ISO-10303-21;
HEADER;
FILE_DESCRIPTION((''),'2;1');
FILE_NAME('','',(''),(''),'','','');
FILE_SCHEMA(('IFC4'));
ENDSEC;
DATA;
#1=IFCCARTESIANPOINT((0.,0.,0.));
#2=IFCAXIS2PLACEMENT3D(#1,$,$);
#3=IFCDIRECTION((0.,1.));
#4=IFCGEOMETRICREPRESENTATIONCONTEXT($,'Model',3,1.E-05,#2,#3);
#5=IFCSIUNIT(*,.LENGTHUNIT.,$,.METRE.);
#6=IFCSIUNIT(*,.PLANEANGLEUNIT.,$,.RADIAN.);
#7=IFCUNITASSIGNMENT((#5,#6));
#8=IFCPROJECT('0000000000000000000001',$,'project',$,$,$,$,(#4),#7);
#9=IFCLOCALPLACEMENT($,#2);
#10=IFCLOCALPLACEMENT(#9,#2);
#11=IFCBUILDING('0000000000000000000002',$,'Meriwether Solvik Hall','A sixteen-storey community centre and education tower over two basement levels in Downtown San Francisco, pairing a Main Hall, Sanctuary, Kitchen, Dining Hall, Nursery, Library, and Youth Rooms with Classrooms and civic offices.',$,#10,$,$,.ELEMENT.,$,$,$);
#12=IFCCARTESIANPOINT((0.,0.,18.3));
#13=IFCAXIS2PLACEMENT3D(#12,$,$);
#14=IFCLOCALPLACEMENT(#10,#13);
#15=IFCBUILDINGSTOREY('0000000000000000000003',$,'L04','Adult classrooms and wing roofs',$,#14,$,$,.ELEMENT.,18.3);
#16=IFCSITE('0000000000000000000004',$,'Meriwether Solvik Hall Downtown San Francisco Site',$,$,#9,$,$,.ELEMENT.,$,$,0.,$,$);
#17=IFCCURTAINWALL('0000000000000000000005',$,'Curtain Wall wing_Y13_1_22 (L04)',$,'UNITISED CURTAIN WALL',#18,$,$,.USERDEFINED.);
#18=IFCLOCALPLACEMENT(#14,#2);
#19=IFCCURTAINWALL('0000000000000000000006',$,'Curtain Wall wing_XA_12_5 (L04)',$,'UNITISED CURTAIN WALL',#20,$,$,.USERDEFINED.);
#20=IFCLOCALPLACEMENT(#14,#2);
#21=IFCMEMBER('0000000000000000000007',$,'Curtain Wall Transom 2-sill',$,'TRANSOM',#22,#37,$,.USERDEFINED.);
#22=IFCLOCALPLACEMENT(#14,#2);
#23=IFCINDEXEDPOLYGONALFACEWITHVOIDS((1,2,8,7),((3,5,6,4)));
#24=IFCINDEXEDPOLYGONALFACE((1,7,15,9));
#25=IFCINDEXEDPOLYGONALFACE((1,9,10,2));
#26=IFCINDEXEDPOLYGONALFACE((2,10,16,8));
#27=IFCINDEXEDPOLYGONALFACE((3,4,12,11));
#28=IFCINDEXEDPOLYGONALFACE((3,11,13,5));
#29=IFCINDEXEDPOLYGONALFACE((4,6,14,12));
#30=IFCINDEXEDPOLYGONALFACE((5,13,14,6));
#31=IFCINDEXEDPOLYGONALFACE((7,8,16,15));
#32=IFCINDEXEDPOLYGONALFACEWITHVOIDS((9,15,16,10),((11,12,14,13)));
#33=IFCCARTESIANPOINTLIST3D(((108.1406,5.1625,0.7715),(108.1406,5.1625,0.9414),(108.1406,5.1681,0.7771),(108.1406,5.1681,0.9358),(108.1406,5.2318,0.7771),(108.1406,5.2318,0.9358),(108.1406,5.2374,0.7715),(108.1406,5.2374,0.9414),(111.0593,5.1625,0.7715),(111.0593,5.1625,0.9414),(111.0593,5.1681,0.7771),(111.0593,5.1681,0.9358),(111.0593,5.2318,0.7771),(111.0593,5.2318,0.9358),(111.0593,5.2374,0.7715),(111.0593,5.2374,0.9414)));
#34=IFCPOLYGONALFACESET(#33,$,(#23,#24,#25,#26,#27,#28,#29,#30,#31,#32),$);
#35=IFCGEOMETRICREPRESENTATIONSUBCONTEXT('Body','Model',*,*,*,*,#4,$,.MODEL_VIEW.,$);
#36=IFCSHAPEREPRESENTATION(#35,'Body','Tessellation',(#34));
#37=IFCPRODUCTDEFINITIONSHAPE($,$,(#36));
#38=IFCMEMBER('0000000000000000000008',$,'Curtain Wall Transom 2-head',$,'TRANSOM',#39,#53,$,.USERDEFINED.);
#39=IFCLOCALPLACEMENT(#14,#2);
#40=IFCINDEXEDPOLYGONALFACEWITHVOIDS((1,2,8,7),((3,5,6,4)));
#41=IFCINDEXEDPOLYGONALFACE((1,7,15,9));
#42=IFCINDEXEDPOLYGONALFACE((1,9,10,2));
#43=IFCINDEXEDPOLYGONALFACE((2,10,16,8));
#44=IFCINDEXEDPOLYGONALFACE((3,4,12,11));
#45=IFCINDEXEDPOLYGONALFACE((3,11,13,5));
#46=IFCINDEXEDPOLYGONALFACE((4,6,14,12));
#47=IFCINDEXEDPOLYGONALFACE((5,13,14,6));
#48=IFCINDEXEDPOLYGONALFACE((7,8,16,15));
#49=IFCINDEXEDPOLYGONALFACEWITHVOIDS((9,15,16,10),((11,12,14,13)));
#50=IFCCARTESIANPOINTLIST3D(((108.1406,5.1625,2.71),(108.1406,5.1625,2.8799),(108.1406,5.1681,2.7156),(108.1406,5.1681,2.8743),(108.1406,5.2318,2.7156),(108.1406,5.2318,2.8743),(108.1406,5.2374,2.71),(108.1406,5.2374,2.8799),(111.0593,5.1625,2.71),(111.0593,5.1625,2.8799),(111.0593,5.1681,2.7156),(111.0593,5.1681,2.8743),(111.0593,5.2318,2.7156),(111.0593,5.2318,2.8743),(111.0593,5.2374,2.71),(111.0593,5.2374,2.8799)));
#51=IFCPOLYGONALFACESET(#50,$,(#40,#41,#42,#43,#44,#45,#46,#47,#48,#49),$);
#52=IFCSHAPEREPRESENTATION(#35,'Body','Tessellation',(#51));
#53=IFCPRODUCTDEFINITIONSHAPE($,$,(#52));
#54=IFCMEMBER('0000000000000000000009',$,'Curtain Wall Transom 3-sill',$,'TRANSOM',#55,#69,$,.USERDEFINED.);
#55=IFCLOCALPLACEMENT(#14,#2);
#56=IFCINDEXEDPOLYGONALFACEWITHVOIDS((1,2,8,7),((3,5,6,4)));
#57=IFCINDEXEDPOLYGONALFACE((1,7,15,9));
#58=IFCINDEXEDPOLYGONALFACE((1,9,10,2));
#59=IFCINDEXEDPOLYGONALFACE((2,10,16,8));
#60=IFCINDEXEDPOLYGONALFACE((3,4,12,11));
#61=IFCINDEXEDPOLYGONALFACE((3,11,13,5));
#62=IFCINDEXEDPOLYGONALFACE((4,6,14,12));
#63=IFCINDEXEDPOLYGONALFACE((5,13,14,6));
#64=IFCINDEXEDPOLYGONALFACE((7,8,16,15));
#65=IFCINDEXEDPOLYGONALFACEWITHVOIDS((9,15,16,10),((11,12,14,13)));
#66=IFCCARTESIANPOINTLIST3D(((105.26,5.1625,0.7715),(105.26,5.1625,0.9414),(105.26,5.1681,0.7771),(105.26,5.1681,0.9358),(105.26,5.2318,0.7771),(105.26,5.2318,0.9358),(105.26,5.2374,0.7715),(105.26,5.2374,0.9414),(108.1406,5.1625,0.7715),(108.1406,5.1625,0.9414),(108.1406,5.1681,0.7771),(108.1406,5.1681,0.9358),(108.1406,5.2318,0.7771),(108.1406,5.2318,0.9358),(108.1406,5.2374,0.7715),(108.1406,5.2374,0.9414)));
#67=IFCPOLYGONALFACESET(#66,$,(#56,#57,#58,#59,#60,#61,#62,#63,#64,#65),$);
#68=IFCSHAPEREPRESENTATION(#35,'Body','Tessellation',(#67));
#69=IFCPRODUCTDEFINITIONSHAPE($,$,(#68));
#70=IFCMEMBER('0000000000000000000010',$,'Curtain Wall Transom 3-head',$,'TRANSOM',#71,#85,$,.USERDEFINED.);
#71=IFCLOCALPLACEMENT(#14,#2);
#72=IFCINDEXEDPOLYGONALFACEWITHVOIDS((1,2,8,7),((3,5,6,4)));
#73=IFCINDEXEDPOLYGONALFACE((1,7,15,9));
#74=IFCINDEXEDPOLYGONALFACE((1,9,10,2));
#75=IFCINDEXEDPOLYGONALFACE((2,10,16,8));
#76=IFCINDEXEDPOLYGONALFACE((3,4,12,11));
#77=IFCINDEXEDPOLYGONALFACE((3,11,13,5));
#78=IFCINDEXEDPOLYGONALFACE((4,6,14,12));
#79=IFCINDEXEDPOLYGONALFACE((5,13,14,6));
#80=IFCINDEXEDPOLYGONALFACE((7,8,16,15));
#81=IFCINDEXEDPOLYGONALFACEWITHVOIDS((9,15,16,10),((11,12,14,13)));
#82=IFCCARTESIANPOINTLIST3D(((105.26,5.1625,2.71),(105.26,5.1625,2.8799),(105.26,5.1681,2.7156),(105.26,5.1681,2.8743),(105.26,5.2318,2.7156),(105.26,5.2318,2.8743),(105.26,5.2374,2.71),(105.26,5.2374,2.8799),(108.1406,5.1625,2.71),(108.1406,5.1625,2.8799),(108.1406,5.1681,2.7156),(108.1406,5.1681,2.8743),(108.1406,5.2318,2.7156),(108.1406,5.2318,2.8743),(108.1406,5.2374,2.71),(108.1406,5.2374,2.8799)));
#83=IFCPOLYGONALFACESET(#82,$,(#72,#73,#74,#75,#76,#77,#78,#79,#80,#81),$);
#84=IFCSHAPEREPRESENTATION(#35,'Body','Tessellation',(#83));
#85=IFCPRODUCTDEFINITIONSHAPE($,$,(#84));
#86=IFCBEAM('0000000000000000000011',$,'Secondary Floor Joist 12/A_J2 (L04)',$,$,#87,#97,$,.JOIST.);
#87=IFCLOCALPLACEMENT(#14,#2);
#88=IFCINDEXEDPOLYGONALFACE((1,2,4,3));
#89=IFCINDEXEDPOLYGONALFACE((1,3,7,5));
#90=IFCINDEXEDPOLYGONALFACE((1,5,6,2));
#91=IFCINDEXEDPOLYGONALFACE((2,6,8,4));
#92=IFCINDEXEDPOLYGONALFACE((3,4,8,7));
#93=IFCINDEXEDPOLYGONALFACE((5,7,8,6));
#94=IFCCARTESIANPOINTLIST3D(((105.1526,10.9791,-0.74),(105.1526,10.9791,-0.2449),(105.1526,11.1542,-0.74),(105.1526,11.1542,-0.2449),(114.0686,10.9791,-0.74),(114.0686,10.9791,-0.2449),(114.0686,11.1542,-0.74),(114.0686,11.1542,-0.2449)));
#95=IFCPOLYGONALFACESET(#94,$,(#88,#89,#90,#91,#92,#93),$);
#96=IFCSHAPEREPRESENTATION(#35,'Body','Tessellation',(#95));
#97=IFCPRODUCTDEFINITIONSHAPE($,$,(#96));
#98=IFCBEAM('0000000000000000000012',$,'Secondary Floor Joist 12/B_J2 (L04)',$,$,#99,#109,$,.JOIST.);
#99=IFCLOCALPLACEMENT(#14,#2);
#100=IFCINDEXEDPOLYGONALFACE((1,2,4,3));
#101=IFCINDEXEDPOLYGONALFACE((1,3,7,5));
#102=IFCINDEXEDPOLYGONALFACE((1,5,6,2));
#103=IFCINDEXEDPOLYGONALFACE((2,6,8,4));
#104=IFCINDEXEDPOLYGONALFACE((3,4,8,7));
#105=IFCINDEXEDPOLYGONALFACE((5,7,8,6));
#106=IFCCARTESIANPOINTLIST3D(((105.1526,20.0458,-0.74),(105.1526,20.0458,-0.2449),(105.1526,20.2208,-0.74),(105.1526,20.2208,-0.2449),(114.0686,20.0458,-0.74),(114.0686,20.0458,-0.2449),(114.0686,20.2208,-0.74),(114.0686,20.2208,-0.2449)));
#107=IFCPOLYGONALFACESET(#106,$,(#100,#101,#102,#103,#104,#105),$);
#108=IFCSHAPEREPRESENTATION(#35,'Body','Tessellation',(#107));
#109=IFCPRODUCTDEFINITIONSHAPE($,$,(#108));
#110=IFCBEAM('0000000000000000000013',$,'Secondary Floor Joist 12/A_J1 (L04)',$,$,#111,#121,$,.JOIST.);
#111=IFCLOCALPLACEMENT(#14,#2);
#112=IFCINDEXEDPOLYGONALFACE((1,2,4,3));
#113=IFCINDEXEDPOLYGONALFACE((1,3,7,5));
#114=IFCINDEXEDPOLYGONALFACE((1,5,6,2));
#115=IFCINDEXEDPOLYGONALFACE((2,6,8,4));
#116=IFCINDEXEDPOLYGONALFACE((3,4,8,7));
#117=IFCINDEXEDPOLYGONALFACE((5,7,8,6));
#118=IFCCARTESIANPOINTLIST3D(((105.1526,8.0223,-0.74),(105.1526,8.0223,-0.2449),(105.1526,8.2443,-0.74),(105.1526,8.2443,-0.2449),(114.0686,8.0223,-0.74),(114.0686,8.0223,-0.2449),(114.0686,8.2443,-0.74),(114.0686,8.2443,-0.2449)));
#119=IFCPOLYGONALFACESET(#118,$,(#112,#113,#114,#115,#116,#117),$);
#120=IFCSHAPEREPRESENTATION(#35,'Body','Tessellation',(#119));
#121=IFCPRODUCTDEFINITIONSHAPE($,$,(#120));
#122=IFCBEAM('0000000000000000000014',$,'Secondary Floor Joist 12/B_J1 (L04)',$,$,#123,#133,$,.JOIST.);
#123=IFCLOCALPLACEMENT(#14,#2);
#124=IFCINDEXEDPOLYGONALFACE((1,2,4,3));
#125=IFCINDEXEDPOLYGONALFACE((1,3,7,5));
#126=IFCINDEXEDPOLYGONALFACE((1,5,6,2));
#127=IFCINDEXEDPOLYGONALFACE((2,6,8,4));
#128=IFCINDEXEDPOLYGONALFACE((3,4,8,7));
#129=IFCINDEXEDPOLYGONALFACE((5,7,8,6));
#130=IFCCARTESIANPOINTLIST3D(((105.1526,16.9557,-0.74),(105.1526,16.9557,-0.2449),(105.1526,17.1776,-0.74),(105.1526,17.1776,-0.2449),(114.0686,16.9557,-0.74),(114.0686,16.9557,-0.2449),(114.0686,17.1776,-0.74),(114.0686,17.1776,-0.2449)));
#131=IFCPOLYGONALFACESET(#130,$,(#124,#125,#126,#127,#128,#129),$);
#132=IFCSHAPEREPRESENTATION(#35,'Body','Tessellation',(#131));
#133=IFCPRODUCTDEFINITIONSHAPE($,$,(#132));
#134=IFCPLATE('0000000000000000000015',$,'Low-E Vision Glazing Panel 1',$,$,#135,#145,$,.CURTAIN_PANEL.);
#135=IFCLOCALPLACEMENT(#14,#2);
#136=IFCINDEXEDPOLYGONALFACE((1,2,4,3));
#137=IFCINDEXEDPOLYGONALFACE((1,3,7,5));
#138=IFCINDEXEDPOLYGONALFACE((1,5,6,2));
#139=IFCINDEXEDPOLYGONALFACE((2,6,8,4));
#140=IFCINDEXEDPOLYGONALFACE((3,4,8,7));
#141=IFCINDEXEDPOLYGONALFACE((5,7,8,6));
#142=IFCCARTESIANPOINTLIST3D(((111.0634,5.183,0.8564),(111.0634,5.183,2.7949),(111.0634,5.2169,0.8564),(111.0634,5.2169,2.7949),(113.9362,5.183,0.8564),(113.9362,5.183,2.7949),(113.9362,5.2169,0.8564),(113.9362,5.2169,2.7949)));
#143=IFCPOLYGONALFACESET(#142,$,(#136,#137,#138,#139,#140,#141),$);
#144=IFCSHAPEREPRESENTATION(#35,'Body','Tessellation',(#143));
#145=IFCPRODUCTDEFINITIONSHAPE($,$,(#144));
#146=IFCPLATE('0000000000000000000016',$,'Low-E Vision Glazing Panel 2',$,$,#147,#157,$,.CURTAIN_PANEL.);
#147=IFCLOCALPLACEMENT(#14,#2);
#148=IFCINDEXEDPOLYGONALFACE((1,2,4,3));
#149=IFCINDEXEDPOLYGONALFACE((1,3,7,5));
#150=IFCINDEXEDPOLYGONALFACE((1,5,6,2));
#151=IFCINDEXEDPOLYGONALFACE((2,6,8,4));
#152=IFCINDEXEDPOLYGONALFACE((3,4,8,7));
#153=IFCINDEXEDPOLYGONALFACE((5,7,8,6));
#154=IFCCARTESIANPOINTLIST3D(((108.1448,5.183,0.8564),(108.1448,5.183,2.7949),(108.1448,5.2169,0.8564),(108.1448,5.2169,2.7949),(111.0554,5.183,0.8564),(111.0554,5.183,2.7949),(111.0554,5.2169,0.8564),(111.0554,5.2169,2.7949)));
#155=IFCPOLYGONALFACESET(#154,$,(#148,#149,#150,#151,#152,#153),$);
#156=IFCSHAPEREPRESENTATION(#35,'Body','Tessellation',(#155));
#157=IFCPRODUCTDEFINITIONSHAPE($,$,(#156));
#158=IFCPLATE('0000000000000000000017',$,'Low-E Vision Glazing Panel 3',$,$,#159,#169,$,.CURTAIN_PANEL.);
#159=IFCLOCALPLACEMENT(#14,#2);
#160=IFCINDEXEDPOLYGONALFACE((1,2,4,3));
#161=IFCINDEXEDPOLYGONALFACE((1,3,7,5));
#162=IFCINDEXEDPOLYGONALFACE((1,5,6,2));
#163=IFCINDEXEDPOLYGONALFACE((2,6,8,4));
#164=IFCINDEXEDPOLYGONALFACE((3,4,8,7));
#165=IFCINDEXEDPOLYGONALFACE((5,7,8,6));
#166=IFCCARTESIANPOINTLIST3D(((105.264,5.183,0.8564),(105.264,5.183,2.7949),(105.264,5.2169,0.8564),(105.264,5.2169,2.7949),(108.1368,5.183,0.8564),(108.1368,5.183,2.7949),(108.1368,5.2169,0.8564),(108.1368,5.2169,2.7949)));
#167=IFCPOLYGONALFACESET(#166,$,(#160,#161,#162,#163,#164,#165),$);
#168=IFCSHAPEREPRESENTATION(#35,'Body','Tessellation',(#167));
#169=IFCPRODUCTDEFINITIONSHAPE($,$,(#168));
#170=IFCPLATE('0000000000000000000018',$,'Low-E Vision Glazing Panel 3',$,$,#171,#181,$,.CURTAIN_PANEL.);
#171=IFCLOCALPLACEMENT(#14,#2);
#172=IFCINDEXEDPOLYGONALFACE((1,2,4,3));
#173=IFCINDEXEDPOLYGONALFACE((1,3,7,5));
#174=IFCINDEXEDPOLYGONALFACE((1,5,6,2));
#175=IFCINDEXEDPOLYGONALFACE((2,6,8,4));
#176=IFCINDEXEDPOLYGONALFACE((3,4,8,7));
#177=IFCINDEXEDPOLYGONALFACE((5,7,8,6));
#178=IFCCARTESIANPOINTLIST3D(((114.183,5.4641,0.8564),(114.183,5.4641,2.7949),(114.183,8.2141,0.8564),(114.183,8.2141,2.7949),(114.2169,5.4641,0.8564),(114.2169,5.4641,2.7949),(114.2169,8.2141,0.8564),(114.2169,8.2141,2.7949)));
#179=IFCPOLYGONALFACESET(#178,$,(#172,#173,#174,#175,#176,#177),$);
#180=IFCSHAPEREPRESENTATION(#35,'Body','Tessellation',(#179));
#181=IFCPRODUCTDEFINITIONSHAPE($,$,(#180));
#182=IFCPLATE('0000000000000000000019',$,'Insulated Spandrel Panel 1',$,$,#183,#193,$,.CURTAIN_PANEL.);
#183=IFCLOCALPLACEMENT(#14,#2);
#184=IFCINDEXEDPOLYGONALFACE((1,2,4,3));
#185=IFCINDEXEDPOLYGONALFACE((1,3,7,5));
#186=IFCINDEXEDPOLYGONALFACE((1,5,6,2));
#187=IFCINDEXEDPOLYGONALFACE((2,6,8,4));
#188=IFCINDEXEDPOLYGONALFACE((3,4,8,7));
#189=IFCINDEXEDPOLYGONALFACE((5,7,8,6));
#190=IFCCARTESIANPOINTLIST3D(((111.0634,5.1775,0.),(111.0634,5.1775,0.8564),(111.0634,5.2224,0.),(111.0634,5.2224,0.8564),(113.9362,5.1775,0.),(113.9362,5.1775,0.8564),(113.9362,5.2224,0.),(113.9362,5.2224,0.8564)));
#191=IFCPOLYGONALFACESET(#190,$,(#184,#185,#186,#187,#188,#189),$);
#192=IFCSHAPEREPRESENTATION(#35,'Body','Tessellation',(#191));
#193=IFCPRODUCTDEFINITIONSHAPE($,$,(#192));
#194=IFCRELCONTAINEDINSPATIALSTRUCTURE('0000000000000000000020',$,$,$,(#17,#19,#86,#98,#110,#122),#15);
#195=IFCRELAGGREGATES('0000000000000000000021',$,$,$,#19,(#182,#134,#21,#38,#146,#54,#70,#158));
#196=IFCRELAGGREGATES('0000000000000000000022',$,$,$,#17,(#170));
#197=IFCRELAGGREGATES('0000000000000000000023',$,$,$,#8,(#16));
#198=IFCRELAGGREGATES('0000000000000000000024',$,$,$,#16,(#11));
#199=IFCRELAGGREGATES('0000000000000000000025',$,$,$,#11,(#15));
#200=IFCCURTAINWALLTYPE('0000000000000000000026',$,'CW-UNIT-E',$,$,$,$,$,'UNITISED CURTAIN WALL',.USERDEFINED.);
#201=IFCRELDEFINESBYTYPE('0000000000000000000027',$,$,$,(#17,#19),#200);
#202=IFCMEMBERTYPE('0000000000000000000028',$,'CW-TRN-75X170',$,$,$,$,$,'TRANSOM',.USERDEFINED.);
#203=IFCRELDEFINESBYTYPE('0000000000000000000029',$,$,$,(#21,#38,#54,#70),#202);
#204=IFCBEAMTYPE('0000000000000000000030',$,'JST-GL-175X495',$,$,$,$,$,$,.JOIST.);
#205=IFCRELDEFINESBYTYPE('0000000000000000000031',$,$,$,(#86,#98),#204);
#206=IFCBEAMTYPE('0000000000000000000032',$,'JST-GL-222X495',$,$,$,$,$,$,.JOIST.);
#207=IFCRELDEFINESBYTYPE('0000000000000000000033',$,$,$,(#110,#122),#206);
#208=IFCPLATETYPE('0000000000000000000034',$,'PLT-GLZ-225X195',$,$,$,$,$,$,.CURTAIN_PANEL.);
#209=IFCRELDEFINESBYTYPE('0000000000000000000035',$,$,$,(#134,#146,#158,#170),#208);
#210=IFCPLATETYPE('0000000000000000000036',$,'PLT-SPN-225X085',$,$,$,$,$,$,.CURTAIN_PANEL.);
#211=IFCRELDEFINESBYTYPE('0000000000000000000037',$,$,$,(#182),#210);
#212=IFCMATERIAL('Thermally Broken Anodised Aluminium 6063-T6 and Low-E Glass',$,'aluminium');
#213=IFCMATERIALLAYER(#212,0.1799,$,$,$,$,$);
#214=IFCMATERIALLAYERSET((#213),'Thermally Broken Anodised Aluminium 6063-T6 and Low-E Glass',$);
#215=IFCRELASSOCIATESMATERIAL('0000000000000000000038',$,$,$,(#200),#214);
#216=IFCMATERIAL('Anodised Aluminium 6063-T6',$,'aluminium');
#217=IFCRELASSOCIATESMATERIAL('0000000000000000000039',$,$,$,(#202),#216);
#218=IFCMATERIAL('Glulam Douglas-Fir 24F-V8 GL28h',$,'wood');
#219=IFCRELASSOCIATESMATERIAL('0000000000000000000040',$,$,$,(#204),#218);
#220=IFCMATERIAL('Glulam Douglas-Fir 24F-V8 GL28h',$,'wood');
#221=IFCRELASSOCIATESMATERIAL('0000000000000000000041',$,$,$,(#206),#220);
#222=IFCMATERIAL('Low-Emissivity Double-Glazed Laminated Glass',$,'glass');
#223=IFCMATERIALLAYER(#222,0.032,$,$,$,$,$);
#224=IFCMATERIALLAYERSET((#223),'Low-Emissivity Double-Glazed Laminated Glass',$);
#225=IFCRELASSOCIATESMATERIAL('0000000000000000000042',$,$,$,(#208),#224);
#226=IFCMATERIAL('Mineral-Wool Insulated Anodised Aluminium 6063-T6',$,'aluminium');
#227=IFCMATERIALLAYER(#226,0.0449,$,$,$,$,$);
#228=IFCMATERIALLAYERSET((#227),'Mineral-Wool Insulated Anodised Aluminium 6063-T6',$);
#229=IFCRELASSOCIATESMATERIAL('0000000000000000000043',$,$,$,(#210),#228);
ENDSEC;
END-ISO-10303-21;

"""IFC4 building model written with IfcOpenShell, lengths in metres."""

from ifc_helpers import new_model, si_unit, direction, frame, origin, origin_2d, place, context, subcontext, project, spatial, rectangle, hollow_rectangle, extrude, material, layer, layer_set, material_profile, profile_set, type_object, element, aggregate, save


model = new_model("IFC4")

# Units and contexts
model_context = context("Model", 3, precision=1e-05, world=origin(), true_north=direction((0.0, 1.0)))
body_context = subcontext(model_context, "Body", "Model", "MODEL_VIEW")
ifc_project = project(units=[si_unit("LENGTHUNIT", "METRE"), si_unit("PLANEANGLEUNIT", "RADIAN")], contexts=[model_context])

# Site, building, storey
site_placement = place(None, origin())
site = spatial("IfcSite", under=ifc_project, at=site_placement, Name="Meriwether Solvik Hall Downtown San Francisco Site", CompositionType="ELEMENT", RefElevation=0.0)
building_placement = place(site_placement, origin())
building = spatial("IfcBuilding", under=site, at=building_placement, Name="Meriwether Solvik Hall", Description="A sixteen-storey community centre and education tower over two basement levels in Downtown San Francisco, pairing a Main Hall, Sanctuary, Kitchen, Dining Hall, Nursery, Library, and Youth Rooms with Classrooms and civic offices.", CompositionType="ELEMENT")
storey_placement = place(building_placement, frame((0.0, 0.0, 18.3)))
storey = spatial("IfcBuildingStorey", under=building, at=storey_placement, Name="L04", Description="Adult classrooms and wing roofs", CompositionType="ELEMENT", Elevation=18.3)

# Curtain wall
ifc_material_1 = material(Name="Thermally Broken Anodised Aluminium 6063-T6 and Low-E Glass", Category="aluminium")
ifc_layer_1 = layer(ifc_material_1, 0.1799)
ifc_layer_set_1 = layer_set([ifc_layer_1], Name="Thermally Broken Anodised Aluminium 6063-T6 and Low-E Glass")
curtain_wall_type = type_object("IfcCurtainWallType", Name="CW-UNIT-E", ElementType="UNITISED CURTAIN WALL", PredefinedType="USERDEFINED", material=ifc_layer_set_1)
curtain_wall_1_placement = place(storey_placement, origin())
curtain_wall_1 = element("IfcCurtainWall", 1, at=curtain_wall_1_placement, inside=storey, type_object=curtain_wall_type, Name="Curtain Wall wing_Y13_1_22 (L04)", ObjectType="UNITISED CURTAIN WALL", PredefinedType="USERDEFINED")

# Curtain wall, members
curtain_wall_2_placement = place(storey_placement, origin())
curtain_wall_2 = element("IfcCurtainWall", 2, at=curtain_wall_2_placement, inside=storey, type_object=curtain_wall_type, Name="Curtain Wall wing_XA_12_5 (L04)", ObjectType="UNITISED CURTAIN WALL", PredefinedType="USERDEFINED")
ifc_material_2 = material(Name="Anodised Aluminium 6063-T6", Category="aluminium")
ifc_material_profile_1 = material_profile(ifc_material_2, hollow_rectangle(XDim=0.075, YDim=0.1699, WallThickness=0.0056, at=origin_2d()), Name="CWT-75X170")
ifc_profile_set_1 = profile_set([ifc_material_profile_1], Name="Anodised Aluminium 6063-T6")
member_type_1 = type_object("IfcMemberType", Name="CW-TRN-75X170", ElementType="TRANSOM", PredefinedType="USERDEFINED", material=ifc_profile_set_1)
member_1_placement = place(storey_placement, frame((111.0593, 5.2, 0.8564), z_axis=(-1.0, 0.0, 0.0), x_axis=(0.0, -1.0, 0.0)))
member_1 = element("IfcMember", 3, at=member_1_placement, type_object=member_type_1, Name="Curtain Wall Transom 2-sill", ObjectType="TRANSOM", PredefinedType="USERDEFINED", context=body_context, shape_type="SweptSolid", body=[
    extrude(hollow_rectangle(XDim=0.075, YDim=0.1699, WallThickness=0.0056, at=origin_2d()), origin(), (0.0, 0.0, 1.0), 2.9187),
])
member_2_placement = place(storey_placement, frame((111.0593, 5.2, 2.7949), z_axis=(-1.0, 0.0, 0.0), x_axis=(0.0, -1.0, 0.0)))
member_2 = element("IfcMember", 4, at=member_2_placement, type_object=member_type_1, Name="Curtain Wall Transom 2-head", ObjectType="TRANSOM", PredefinedType="USERDEFINED", context=body_context, shape_type="SweptSolid", body=[
    extrude(hollow_rectangle(XDim=0.075, YDim=0.1699, WallThickness=0.0056, at=origin_2d()), origin(), (0.0, 0.0, 1.0), 2.9187),
])
member_3_placement = place(storey_placement, frame((108.1406, 5.2, 0.8564), z_axis=(-1.0, 0.0, 0.0), x_axis=(0.0, -1.0, 0.0)))
member_3 = element("IfcMember", 5, at=member_3_placement, type_object=member_type_1, Name="Curtain Wall Transom 3-sill", ObjectType="TRANSOM", PredefinedType="USERDEFINED", context=body_context, shape_type="SweptSolid", body=[
    extrude(hollow_rectangle(XDim=0.075, YDim=0.1699, WallThickness=0.0056, at=origin_2d()), origin(), (0.0, 0.0, 1.0), 2.8806),
])
member_4_placement = place(storey_placement, frame((108.1406, 5.2, 2.7949), z_axis=(-1.0, 0.0, 0.0), x_axis=(0.0, -1.0, 0.0)))
member_4 = element("IfcMember", 6, at=member_4_placement, type_object=member_type_1, Name="Curtain Wall Transom 3-head", ObjectType="TRANSOM", PredefinedType="USERDEFINED", context=body_context, shape_type="SweptSolid", body=[
    extrude(hollow_rectangle(XDim=0.075, YDim=0.1699, WallThickness=0.0056, at=origin_2d()), origin(), (0.0, 0.0, 1.0), 2.8806),
])

# Beams
ifc_material_3 = material(Name="Glulam Douglas-Fir 24F-V8 GL28h", Category="wood")
ifc_material_profile_2 = material_profile(ifc_material_3, rectangle(XDim=0.175, YDim=0.4951, at=origin_2d()), Name="GLJ-175X495")
ifc_profile_set_2 = profile_set([ifc_material_profile_2], Name="Glulam Douglas-Fir 24F-V8 GL28h")
beam_type_1 = type_object("IfcBeamType", Name="JST-GL-175X495", PredefinedType="JOIST", material=ifc_profile_set_2)
for number, where, z_axis, x_axis, name in (
    (7, (105.1526, 11.0667, -0.4924), (1.0, 0.0, 0.0), (0.0, 1.0, 0.0), "Secondary Floor Joist 12/A_J2 (L04)"),
    (8, (105.1526, 20.1333, -0.4924), (1.0, 0.0, 0.0), (0.0, 1.0, 0.0), "Secondary Floor Joist 12/B_J2 (L04)"),
):
    element("IfcBeam", number, at=place(storey_placement, frame(where, z_axis=z_axis, x_axis=x_axis)), inside=storey, type_object=beam_type_1, Name=name, PredefinedType="JOIST", context=body_context, shape_type="SweptSolid", body=[
        extrude(rectangle(XDim=0.175, YDim=0.4951, at=origin_2d()), origin(), (0.0, 0.0, 1.0), 8.916),
    ])
ifc_material_4 = material(Name="Glulam Douglas-Fir 24F-V8 GL28h", Category="wood")
ifc_material_profile_3 = material_profile(ifc_material_4, rectangle(XDim=0.2219, YDim=0.4951, at=origin_2d()), Name="GLJ-222X495")
ifc_profile_set_3 = profile_set([ifc_material_profile_3], Name="Glulam Douglas-Fir 24F-V8 GL28h")
beam_type_2 = type_object("IfcBeamType", Name="JST-GL-222X495", PredefinedType="JOIST", material=ifc_profile_set_3)
for number, where, z_axis, x_axis, name in (
    (9, (105.1526, 8.1333, -0.4924), (1.0, 0.0, 0.0), (0.0, 1.0, 0.0), "Secondary Floor Joist 12/A_J1 (L04)"),
    (10, (105.1526, 17.0667, -0.4924), (1.0, 0.0, 0.0), (0.0, 1.0, 0.0), "Secondary Floor Joist 12/B_J1 (L04)"),
):
    element("IfcBeam", number, at=place(storey_placement, frame(where, z_axis=z_axis, x_axis=x_axis)), inside=storey, type_object=beam_type_2, Name=name, PredefinedType="JOIST", context=body_context, shape_type="SweptSolid", body=[
        extrude(rectangle(XDim=0.2219, YDim=0.4951, at=origin_2d()), origin(), (0.0, 0.0, 1.0), 8.916),
    ])

# Plates
ifc_material_5 = material(Name="Low-Emissivity Double-Glazed Laminated Glass", Category="glass")
ifc_layer_2 = layer(ifc_material_5, 0.032)
ifc_layer_set_2 = layer_set([ifc_layer_2], Name="Low-Emissivity Double-Glazed Laminated Glass")
plate_type_1 = type_object("IfcPlateType", Name="PLT-GLZ-225X195", PredefinedType="CURTAIN_PANEL", material=ifc_layer_set_2)
plate_1_placement = place(storey_placement, frame((112.4998, 5.2, 0.8564), z_axis=(0.0, 0.0, 1.0), x_axis=(-1.0, 0.0, 0.0)))
plate_1 = element("IfcPlate", 11, at=plate_1_placement, type_object=plate_type_1, Name="Low-E Vision Glazing Panel 1", PredefinedType="CURTAIN_PANEL", context=body_context, shape_type="SweptSolid", body=[
    extrude(rectangle(XDim=2.8728, YDim=0.0339, at=origin_2d()), origin(), (0.0, 0.0, 1.0), 1.9385),
])
plate_2_placement = place(storey_placement, frame((109.6001, 5.2, 0.8564), z_axis=(0.0, 0.0, 1.0), x_axis=(-1.0, 0.0, 0.0)))
plate_2 = element("IfcPlate", 12, at=plate_2_placement, type_object=plate_type_1, Name="Low-E Vision Glazing Panel 2", PredefinedType="CURTAIN_PANEL", context=body_context, shape_type="SweptSolid", body=[
    extrude(rectangle(XDim=2.9106, YDim=0.0339, at=origin_2d()), origin(), (0.0, 0.0, 1.0), 1.9385),
])
plate_3_placement = place(storey_placement, frame((106.7004, 5.2, 0.8564), z_axis=(0.0, 0.0, 1.0), x_axis=(-1.0, 0.0, 0.0)))
plate_3 = element("IfcPlate", 13, at=plate_3_placement, type_object=plate_type_1, Name="Low-E Vision Glazing Panel 3", PredefinedType="CURTAIN_PANEL", context=body_context, shape_type="SweptSolid", body=[
    extrude(rectangle(XDim=2.8728, YDim=0.0339, at=origin_2d()), origin(), (0.0, 0.0, 1.0), 1.9385),
])
plate_4_placement = place(storey_placement, frame((114.2, 6.8391, 0.8564), z_axis=(0.0, 0.0, 1.0), x_axis=(0.0, -1.0, 0.0)))
plate_4 = element("IfcPlate", 14, at=plate_4_placement, type_object=plate_type_1, Name="Low-E Vision Glazing Panel 3", PredefinedType="CURTAIN_PANEL", context=body_context, shape_type="SweptSolid", body=[
    extrude(rectangle(XDim=2.75, YDim=0.0339, at=origin_2d()), origin(), (0.0, 0.0, 1.0), 1.9385),
])
ifc_material_6 = material(Name="Mineral-Wool Insulated Anodised Aluminium 6063-T6", Category="aluminium")
ifc_layer_3 = layer(ifc_material_6, 0.0449)
ifc_layer_set_3 = layer_set([ifc_layer_3], Name="Mineral-Wool Insulated Anodised Aluminium 6063-T6")
plate_type_2 = type_object("IfcPlateType", Name="PLT-SPN-225X085", PredefinedType="CURTAIN_PANEL", material=ifc_layer_set_3)
plate_5_placement = place(storey_placement, frame((112.4998, 5.2, 0.0), z_axis=(0.0, 0.0, 1.0), x_axis=(-1.0, 0.0, 0.0)))
plate_5 = element("IfcPlate", 15, at=plate_5_placement, type_object=plate_type_2, Name="Insulated Spandrel Panel 1", PredefinedType="CURTAIN_PANEL", context=body_context, shape_type="SweptSolid", body=[
    extrude(rectangle(XDim=2.8728, YDim=0.0449, at=origin_2d()), origin(), (0.0, 0.0, 1.0), 0.8564),
])
aggregate(curtain_wall_2, [plate_5, plate_1, member_1, member_2, plate_2, member_3, member_4, plate_3])
aggregate(curtain_wall_1, [plate_4])

save(model, "model.ifc")
